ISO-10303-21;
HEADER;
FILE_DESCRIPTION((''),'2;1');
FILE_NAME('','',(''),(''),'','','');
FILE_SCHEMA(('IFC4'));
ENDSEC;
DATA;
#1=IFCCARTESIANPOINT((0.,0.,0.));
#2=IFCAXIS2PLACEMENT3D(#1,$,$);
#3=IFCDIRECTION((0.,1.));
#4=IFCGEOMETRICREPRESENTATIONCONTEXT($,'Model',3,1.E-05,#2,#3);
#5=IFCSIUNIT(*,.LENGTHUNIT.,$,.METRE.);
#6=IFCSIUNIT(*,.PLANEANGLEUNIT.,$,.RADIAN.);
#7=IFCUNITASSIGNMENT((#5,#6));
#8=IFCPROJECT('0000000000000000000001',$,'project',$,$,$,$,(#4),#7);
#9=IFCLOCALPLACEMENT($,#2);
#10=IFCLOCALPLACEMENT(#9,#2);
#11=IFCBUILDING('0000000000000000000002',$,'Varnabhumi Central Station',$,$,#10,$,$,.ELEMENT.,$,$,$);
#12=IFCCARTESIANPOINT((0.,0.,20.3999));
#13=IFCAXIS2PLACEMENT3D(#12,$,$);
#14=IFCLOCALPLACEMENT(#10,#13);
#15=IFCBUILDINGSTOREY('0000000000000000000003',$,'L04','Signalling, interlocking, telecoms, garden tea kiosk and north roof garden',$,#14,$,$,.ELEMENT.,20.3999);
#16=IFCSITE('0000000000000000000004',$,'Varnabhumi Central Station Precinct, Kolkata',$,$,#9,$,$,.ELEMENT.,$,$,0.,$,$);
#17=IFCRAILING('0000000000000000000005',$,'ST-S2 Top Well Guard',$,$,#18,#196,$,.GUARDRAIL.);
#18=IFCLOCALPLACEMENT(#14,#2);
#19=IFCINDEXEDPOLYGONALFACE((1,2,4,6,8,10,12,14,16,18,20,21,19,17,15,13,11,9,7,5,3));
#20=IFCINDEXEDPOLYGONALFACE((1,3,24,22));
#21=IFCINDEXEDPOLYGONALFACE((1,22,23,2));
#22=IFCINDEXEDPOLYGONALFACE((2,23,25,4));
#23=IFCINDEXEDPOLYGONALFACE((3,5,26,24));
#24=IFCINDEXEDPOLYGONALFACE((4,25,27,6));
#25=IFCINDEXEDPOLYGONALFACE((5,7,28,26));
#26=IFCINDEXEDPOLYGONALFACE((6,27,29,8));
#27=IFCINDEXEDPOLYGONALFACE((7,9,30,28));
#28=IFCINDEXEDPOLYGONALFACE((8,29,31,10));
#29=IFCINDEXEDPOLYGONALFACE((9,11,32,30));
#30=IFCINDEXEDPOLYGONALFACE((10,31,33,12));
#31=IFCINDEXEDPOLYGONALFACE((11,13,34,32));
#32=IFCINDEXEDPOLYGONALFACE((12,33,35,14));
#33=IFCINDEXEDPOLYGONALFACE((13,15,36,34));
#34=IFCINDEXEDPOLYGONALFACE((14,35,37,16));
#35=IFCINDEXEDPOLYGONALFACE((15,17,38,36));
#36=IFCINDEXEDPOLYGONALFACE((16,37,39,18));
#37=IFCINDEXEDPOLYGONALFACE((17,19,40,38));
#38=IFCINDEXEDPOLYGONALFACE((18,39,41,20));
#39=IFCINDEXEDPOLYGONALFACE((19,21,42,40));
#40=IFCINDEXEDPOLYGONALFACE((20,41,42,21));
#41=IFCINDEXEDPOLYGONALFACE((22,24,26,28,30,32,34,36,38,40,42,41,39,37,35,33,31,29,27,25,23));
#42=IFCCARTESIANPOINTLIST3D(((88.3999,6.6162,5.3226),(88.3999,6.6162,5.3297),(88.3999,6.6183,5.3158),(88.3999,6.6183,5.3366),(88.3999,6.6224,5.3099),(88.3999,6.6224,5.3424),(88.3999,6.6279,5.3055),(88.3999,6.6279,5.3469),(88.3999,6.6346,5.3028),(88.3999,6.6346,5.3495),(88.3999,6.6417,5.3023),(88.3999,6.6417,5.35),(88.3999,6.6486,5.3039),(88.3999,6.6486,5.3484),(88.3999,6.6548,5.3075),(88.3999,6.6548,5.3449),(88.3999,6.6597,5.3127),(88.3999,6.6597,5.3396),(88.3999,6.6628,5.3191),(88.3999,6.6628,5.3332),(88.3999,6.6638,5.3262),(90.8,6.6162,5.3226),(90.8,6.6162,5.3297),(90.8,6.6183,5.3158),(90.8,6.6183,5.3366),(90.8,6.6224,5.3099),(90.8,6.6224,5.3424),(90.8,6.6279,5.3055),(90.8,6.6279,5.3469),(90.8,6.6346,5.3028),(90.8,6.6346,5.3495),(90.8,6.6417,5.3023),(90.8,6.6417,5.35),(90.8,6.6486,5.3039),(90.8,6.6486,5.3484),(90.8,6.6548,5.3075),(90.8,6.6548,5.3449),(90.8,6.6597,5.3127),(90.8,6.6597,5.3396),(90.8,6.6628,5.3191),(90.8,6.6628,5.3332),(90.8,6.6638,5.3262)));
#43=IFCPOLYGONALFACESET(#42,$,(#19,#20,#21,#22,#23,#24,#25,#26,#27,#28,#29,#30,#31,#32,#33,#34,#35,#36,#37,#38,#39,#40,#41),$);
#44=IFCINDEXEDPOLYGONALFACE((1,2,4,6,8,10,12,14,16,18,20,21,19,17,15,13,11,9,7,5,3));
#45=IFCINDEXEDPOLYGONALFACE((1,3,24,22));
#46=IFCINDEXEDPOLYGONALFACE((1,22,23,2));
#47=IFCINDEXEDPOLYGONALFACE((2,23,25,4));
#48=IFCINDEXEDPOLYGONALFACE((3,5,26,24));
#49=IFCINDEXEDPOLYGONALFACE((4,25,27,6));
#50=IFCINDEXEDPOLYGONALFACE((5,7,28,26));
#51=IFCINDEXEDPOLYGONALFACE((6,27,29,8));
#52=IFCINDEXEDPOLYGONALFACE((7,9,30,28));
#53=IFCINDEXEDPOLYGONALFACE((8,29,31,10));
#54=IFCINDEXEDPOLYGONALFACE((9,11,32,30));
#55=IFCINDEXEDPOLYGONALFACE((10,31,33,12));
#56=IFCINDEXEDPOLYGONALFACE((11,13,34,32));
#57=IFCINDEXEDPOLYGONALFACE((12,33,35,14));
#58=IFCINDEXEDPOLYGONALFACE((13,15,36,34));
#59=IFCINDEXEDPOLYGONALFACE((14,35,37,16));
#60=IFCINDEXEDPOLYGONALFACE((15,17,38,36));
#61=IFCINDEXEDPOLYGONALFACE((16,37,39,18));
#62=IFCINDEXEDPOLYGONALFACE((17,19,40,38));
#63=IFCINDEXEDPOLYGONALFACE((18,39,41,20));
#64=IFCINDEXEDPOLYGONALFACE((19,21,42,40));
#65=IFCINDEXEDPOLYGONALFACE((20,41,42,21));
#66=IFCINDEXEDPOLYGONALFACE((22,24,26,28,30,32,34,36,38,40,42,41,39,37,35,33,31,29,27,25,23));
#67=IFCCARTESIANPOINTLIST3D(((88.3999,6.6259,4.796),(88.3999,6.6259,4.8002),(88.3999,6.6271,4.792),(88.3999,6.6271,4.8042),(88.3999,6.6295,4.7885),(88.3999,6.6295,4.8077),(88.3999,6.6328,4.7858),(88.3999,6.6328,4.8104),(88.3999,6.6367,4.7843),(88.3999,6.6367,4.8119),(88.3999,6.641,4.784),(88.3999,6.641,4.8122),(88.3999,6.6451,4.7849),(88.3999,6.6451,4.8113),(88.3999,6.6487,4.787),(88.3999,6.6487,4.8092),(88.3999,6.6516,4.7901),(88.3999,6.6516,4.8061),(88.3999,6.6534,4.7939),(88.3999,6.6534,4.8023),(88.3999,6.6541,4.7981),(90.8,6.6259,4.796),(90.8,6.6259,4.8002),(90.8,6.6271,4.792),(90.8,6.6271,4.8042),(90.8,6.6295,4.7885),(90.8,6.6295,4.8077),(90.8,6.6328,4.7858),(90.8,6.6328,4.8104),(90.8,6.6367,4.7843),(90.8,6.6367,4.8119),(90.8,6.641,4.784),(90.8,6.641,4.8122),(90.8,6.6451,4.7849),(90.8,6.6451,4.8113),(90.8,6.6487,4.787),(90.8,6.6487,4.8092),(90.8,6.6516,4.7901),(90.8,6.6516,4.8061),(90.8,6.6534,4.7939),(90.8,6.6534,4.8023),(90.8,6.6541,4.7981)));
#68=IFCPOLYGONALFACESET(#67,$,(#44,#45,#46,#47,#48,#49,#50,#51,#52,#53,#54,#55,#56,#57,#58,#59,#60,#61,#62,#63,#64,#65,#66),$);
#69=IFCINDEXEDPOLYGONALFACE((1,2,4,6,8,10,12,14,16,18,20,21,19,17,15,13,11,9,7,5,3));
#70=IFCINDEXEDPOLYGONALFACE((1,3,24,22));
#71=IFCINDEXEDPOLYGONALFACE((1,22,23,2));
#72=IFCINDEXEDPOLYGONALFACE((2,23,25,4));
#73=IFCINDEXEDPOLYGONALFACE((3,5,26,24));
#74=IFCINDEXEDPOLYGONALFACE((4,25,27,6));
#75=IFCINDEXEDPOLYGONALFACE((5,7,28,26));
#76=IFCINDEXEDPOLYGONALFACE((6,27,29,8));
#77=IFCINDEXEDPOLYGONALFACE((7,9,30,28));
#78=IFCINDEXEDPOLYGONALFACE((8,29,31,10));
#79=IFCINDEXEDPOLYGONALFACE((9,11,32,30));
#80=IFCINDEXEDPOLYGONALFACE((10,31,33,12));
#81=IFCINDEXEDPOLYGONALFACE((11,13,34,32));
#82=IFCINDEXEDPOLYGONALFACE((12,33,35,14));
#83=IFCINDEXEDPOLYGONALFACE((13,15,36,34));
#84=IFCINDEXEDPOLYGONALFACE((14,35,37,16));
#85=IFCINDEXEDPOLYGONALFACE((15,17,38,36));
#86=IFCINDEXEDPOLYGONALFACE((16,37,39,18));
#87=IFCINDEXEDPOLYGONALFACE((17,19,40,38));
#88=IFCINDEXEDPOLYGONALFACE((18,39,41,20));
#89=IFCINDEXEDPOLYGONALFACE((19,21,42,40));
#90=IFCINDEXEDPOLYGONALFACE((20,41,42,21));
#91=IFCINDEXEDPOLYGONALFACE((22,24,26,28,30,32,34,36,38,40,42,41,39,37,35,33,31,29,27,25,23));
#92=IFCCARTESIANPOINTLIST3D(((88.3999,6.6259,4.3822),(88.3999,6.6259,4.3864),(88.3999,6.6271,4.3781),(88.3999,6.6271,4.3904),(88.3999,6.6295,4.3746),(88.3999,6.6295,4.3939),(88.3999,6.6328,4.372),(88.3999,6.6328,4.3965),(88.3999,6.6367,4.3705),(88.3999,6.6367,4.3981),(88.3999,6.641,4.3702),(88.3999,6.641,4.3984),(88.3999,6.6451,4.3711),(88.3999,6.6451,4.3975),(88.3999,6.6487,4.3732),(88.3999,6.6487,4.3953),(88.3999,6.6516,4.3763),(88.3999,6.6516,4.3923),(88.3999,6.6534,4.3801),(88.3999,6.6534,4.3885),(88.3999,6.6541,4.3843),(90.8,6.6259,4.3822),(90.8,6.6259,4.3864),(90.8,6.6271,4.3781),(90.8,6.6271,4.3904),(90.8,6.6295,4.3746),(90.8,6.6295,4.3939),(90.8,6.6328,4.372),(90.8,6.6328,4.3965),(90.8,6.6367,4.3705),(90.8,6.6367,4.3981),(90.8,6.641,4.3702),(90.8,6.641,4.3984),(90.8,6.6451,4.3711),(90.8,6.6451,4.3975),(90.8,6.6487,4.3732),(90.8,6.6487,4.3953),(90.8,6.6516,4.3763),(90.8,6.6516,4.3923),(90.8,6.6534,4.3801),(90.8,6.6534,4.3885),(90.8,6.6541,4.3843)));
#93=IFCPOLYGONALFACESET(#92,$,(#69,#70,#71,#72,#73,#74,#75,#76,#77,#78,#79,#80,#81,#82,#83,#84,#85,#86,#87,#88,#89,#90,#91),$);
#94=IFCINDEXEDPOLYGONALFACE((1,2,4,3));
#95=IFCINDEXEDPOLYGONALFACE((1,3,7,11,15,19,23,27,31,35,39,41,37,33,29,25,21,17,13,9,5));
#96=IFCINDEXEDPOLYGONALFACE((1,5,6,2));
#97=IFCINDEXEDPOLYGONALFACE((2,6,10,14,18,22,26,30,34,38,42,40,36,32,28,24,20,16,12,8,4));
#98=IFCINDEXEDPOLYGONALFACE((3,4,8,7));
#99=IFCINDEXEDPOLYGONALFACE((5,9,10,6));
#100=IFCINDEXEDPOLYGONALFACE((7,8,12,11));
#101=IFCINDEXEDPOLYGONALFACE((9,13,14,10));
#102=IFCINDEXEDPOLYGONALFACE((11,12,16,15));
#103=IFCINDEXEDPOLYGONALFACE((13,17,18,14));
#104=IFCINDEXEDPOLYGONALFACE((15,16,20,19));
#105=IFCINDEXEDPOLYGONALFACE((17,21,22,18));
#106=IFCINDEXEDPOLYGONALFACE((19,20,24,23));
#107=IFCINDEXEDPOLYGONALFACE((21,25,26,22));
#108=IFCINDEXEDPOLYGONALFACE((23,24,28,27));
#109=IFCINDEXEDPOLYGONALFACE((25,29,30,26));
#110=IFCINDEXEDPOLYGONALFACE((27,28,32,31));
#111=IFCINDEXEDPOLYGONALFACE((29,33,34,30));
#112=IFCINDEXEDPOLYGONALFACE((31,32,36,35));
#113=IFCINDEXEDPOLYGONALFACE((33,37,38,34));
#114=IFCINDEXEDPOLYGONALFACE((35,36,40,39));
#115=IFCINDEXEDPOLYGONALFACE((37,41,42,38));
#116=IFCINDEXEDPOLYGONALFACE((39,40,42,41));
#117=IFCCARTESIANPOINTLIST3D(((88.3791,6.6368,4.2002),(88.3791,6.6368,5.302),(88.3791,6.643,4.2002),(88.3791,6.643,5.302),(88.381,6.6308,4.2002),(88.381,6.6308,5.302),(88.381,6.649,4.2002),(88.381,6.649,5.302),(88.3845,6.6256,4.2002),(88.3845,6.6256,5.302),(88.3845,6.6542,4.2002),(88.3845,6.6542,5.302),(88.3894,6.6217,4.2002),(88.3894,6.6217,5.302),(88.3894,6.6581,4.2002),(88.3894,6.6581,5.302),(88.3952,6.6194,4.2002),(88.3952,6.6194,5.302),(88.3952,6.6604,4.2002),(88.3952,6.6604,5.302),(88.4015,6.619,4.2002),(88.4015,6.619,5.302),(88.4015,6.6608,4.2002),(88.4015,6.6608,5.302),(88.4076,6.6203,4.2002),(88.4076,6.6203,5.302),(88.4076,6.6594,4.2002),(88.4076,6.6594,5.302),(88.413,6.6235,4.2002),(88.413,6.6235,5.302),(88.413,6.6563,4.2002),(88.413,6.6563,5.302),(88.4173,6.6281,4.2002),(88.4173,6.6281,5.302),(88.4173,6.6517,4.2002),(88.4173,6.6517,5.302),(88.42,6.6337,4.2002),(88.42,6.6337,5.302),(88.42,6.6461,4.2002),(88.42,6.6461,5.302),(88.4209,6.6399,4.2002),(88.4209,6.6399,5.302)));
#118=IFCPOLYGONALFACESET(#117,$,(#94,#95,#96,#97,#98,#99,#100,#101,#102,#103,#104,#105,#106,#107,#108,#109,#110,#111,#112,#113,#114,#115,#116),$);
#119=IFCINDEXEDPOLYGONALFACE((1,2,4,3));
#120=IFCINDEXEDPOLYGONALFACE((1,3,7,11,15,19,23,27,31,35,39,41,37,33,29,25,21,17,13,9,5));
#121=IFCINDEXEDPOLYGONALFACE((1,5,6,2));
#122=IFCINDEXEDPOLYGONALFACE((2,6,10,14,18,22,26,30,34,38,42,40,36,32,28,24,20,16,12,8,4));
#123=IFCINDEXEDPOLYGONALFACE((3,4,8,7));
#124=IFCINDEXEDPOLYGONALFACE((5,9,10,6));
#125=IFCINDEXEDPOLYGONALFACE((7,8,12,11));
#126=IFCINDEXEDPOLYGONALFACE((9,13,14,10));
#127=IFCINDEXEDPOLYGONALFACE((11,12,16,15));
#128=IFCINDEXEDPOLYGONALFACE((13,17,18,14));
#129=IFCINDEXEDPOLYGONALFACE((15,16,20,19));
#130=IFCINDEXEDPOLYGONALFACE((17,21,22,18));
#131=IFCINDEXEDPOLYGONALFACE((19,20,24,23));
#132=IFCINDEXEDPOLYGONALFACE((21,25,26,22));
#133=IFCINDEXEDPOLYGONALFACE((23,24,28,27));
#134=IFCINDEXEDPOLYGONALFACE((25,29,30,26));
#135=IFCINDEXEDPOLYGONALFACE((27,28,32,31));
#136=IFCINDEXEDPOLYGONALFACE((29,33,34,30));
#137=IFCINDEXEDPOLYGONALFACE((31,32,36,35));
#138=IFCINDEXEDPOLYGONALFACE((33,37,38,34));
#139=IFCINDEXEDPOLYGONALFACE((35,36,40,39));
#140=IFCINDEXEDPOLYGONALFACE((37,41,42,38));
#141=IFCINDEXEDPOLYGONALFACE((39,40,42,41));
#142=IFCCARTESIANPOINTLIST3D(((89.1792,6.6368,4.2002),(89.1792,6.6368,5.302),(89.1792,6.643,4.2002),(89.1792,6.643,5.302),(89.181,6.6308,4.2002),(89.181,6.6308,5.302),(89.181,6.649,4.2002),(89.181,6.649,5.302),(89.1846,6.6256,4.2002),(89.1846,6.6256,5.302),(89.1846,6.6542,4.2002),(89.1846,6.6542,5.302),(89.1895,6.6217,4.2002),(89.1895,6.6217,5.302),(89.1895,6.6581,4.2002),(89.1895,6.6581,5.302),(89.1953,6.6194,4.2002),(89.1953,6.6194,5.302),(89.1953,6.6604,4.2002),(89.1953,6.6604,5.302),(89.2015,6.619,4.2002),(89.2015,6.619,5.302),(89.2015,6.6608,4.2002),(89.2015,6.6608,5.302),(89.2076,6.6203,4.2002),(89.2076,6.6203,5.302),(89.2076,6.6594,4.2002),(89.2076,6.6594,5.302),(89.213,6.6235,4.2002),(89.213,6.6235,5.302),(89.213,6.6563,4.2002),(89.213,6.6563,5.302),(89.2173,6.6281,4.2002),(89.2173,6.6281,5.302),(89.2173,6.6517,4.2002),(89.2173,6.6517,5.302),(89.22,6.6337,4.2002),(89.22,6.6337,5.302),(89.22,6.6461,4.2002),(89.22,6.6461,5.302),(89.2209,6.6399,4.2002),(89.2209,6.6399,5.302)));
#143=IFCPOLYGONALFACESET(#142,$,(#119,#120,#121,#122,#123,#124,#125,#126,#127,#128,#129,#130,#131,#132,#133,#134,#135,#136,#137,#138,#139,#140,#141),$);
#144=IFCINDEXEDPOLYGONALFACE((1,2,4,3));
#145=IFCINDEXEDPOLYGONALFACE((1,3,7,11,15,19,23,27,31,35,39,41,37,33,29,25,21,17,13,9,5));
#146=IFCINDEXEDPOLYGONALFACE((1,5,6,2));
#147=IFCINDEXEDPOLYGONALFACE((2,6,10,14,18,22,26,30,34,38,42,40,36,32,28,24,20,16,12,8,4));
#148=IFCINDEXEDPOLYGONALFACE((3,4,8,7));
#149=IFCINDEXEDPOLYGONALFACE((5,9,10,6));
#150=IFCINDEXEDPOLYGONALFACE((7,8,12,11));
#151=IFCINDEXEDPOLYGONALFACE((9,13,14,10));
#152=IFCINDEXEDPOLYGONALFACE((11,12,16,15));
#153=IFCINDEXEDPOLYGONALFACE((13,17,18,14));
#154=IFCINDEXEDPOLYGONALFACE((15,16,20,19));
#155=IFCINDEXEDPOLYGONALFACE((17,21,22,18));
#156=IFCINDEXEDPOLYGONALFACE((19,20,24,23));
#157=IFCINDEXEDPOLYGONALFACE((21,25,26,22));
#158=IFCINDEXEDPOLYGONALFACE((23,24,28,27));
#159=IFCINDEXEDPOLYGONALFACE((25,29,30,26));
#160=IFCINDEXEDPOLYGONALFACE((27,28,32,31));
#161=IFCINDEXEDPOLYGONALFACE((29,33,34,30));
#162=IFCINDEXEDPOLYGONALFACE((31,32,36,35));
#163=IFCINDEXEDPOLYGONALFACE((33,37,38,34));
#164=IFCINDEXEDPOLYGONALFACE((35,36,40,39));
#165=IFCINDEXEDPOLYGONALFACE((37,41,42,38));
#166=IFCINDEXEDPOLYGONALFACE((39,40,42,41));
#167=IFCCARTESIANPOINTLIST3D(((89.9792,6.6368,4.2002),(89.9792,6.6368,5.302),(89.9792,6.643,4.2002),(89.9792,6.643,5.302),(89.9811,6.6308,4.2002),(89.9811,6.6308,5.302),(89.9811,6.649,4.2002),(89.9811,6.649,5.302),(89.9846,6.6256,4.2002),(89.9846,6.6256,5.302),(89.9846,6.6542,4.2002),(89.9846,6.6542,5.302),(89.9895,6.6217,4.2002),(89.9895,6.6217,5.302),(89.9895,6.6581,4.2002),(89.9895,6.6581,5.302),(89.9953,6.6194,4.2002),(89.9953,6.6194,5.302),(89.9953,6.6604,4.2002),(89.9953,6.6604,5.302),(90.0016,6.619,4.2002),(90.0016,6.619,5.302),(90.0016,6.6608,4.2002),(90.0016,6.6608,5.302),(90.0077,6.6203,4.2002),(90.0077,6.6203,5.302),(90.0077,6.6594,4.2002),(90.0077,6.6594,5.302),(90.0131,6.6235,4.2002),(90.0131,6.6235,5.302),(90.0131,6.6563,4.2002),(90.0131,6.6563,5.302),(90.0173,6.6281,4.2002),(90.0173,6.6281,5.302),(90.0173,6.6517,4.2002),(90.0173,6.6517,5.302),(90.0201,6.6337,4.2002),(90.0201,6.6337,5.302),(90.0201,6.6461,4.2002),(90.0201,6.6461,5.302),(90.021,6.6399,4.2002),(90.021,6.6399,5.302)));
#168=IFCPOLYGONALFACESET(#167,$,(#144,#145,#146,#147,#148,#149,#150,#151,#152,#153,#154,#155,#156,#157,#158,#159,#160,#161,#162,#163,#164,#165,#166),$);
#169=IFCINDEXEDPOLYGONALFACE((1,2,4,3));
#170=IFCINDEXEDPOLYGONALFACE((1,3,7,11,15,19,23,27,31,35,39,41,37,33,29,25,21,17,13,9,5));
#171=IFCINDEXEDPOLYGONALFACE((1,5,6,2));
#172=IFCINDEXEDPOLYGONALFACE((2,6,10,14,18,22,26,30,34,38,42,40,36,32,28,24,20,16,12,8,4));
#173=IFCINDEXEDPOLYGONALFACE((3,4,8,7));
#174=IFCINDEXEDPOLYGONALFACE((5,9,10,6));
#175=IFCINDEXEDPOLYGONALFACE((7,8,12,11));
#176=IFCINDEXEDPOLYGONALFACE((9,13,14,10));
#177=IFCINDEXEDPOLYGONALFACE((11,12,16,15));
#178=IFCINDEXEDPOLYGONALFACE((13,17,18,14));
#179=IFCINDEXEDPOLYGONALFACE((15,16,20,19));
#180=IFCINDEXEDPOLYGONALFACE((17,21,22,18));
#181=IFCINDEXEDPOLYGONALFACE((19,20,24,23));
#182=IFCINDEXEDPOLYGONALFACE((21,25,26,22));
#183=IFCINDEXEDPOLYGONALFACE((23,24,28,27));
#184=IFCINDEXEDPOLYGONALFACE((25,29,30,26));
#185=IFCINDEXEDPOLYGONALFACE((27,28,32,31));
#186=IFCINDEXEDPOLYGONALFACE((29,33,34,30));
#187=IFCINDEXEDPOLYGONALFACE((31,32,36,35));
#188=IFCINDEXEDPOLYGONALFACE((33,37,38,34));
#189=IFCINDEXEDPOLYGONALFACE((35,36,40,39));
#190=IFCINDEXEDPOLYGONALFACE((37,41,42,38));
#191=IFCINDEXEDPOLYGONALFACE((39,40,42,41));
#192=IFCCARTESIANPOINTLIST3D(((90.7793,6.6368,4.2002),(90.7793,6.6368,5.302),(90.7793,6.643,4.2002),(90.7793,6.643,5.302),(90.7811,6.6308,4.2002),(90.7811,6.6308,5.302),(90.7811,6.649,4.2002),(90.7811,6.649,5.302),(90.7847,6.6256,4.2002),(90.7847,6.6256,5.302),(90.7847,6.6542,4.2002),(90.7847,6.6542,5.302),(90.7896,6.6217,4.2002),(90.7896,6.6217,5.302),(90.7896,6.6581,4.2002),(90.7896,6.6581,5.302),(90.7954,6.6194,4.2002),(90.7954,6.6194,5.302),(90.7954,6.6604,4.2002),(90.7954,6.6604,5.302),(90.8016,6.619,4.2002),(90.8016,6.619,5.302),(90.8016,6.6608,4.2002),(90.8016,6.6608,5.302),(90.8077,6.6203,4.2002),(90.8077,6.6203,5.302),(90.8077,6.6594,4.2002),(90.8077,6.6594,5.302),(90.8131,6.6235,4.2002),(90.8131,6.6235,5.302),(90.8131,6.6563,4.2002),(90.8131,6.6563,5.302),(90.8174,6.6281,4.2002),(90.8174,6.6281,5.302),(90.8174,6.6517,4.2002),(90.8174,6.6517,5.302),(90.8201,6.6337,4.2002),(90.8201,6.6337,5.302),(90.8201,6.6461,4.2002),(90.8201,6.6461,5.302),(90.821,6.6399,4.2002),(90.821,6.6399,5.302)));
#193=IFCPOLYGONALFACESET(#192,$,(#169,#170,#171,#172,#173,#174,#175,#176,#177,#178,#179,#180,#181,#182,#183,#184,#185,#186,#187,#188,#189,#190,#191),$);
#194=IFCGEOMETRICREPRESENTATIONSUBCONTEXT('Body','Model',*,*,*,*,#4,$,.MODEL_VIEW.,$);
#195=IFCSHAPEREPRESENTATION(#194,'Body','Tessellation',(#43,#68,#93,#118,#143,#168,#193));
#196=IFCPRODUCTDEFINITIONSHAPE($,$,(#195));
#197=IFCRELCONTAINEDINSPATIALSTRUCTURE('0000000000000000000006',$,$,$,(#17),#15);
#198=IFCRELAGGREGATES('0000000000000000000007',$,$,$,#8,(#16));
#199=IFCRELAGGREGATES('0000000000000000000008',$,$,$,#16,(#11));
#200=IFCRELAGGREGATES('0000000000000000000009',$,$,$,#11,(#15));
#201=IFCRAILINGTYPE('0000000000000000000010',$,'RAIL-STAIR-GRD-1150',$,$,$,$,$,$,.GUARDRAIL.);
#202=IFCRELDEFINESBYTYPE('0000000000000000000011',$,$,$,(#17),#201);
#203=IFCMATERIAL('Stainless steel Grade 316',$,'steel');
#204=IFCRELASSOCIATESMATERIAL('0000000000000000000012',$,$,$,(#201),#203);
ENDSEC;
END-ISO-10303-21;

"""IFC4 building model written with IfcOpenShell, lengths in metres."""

from ifc_helpers import new_model, si_unit, direction, frame, origin, origin_2d, place, context, subcontext, project, spatial, circle, extrude, material, type_object, element, save


model = new_model("IFC4")

# Units and contexts
model_context = context("Model", 3, precision=1e-05, world=origin(), true_north=direction((0.0, 1.0)))
body_context = subcontext(model_context, "Body", "Model", "MODEL_VIEW")
ifc_project = project(units=[si_unit("LENGTHUNIT", "METRE"), si_unit("PLANEANGLEUNIT", "RADIAN")], contexts=[model_context])

# Site, building, storey
site_placement = place(None, origin())
site = spatial("IfcSite", under=ifc_project, at=site_placement, Name="Varnabhumi Central Station Precinct, Kolkata", CompositionType="ELEMENT", RefElevation=0.0)
building_placement = place(site_placement, origin())
building = spatial("IfcBuilding", under=site, at=building_placement, Name="Varnabhumi Central Station", CompositionType="ELEMENT")
storey_placement = place(building_placement, frame((0.0, 0.0, 20.3999)))
storey = spatial("IfcBuildingStorey", under=building, at=storey_placement, Name="L04", Description="Signalling, interlocking, telecoms, garden tea kiosk and north roof garden", CompositionType="ELEMENT", Elevation=20.3999)

# Shared definitions
ifc_material_1 = material(Name="Stainless steel Grade 316", Category="steel")

# Railing
railing_type_1 = type_object("IfcRailingType", Name="RAIL-STAIR-GRD-1150", PredefinedType="GUARDRAIL", material=ifc_material_1)
railing_1_placement = place(storey_placement, frame((88.3999, 6.6399, 4.2002)))
element("IfcRailing", 1, at=railing_1_placement, inside=storey, type_object=railing_type_1, Name="ST-S2 Top Well Guard", PredefinedType="GUARDRAIL", context=body_context, shape_type="SweptSolid", body=[
    extrude(circle(Radius=0.0239, at=origin_2d()), frame((0.0, 0.0, 1.126), z_axis=(1.0, 0.0, 0.0), x_axis=(0.0, 1.0, 0.0)), (0.0, 0.0, 1.0), 2.4001),
    extrude(circle(Radius=0.0142, at=origin_2d()), frame((0.0, 0.0, 0.5979), z_axis=(1.0, 0.0, 0.0), x_axis=(0.0, 1.0, 0.0)), (0.0, 0.0, 1.0), 2.4001),
    extrude(circle(Radius=0.0142, at=origin_2d()), frame((0.0, 0.0, 0.1841), z_axis=(1.0, 0.0, 0.0), x_axis=(0.0, 1.0, 0.0)), (0.0, 0.0, 1.0), 2.4001),
    extrude(circle(Radius=0.021, at=origin_2d()), origin(), (0.0, 0.0, 1.0), 1.1018),
    extrude(circle(Radius=0.021, at=origin_2d()), frame((0.8, 0.0, 0.0)), (0.0, 0.0, 1.0), 1.1018),
    extrude(circle(Radius=0.021, at=origin_2d()), frame((1.6001, 0.0, 0.0)), (0.0, 0.0, 1.0), 1.1018),
    extrude(circle(Radius=0.021, at=origin_2d()), frame((2.4001, 0.0, 0.0)), (0.0, 0.0, 1.0), 1.1018),
])

save(model, "model.ifc")
